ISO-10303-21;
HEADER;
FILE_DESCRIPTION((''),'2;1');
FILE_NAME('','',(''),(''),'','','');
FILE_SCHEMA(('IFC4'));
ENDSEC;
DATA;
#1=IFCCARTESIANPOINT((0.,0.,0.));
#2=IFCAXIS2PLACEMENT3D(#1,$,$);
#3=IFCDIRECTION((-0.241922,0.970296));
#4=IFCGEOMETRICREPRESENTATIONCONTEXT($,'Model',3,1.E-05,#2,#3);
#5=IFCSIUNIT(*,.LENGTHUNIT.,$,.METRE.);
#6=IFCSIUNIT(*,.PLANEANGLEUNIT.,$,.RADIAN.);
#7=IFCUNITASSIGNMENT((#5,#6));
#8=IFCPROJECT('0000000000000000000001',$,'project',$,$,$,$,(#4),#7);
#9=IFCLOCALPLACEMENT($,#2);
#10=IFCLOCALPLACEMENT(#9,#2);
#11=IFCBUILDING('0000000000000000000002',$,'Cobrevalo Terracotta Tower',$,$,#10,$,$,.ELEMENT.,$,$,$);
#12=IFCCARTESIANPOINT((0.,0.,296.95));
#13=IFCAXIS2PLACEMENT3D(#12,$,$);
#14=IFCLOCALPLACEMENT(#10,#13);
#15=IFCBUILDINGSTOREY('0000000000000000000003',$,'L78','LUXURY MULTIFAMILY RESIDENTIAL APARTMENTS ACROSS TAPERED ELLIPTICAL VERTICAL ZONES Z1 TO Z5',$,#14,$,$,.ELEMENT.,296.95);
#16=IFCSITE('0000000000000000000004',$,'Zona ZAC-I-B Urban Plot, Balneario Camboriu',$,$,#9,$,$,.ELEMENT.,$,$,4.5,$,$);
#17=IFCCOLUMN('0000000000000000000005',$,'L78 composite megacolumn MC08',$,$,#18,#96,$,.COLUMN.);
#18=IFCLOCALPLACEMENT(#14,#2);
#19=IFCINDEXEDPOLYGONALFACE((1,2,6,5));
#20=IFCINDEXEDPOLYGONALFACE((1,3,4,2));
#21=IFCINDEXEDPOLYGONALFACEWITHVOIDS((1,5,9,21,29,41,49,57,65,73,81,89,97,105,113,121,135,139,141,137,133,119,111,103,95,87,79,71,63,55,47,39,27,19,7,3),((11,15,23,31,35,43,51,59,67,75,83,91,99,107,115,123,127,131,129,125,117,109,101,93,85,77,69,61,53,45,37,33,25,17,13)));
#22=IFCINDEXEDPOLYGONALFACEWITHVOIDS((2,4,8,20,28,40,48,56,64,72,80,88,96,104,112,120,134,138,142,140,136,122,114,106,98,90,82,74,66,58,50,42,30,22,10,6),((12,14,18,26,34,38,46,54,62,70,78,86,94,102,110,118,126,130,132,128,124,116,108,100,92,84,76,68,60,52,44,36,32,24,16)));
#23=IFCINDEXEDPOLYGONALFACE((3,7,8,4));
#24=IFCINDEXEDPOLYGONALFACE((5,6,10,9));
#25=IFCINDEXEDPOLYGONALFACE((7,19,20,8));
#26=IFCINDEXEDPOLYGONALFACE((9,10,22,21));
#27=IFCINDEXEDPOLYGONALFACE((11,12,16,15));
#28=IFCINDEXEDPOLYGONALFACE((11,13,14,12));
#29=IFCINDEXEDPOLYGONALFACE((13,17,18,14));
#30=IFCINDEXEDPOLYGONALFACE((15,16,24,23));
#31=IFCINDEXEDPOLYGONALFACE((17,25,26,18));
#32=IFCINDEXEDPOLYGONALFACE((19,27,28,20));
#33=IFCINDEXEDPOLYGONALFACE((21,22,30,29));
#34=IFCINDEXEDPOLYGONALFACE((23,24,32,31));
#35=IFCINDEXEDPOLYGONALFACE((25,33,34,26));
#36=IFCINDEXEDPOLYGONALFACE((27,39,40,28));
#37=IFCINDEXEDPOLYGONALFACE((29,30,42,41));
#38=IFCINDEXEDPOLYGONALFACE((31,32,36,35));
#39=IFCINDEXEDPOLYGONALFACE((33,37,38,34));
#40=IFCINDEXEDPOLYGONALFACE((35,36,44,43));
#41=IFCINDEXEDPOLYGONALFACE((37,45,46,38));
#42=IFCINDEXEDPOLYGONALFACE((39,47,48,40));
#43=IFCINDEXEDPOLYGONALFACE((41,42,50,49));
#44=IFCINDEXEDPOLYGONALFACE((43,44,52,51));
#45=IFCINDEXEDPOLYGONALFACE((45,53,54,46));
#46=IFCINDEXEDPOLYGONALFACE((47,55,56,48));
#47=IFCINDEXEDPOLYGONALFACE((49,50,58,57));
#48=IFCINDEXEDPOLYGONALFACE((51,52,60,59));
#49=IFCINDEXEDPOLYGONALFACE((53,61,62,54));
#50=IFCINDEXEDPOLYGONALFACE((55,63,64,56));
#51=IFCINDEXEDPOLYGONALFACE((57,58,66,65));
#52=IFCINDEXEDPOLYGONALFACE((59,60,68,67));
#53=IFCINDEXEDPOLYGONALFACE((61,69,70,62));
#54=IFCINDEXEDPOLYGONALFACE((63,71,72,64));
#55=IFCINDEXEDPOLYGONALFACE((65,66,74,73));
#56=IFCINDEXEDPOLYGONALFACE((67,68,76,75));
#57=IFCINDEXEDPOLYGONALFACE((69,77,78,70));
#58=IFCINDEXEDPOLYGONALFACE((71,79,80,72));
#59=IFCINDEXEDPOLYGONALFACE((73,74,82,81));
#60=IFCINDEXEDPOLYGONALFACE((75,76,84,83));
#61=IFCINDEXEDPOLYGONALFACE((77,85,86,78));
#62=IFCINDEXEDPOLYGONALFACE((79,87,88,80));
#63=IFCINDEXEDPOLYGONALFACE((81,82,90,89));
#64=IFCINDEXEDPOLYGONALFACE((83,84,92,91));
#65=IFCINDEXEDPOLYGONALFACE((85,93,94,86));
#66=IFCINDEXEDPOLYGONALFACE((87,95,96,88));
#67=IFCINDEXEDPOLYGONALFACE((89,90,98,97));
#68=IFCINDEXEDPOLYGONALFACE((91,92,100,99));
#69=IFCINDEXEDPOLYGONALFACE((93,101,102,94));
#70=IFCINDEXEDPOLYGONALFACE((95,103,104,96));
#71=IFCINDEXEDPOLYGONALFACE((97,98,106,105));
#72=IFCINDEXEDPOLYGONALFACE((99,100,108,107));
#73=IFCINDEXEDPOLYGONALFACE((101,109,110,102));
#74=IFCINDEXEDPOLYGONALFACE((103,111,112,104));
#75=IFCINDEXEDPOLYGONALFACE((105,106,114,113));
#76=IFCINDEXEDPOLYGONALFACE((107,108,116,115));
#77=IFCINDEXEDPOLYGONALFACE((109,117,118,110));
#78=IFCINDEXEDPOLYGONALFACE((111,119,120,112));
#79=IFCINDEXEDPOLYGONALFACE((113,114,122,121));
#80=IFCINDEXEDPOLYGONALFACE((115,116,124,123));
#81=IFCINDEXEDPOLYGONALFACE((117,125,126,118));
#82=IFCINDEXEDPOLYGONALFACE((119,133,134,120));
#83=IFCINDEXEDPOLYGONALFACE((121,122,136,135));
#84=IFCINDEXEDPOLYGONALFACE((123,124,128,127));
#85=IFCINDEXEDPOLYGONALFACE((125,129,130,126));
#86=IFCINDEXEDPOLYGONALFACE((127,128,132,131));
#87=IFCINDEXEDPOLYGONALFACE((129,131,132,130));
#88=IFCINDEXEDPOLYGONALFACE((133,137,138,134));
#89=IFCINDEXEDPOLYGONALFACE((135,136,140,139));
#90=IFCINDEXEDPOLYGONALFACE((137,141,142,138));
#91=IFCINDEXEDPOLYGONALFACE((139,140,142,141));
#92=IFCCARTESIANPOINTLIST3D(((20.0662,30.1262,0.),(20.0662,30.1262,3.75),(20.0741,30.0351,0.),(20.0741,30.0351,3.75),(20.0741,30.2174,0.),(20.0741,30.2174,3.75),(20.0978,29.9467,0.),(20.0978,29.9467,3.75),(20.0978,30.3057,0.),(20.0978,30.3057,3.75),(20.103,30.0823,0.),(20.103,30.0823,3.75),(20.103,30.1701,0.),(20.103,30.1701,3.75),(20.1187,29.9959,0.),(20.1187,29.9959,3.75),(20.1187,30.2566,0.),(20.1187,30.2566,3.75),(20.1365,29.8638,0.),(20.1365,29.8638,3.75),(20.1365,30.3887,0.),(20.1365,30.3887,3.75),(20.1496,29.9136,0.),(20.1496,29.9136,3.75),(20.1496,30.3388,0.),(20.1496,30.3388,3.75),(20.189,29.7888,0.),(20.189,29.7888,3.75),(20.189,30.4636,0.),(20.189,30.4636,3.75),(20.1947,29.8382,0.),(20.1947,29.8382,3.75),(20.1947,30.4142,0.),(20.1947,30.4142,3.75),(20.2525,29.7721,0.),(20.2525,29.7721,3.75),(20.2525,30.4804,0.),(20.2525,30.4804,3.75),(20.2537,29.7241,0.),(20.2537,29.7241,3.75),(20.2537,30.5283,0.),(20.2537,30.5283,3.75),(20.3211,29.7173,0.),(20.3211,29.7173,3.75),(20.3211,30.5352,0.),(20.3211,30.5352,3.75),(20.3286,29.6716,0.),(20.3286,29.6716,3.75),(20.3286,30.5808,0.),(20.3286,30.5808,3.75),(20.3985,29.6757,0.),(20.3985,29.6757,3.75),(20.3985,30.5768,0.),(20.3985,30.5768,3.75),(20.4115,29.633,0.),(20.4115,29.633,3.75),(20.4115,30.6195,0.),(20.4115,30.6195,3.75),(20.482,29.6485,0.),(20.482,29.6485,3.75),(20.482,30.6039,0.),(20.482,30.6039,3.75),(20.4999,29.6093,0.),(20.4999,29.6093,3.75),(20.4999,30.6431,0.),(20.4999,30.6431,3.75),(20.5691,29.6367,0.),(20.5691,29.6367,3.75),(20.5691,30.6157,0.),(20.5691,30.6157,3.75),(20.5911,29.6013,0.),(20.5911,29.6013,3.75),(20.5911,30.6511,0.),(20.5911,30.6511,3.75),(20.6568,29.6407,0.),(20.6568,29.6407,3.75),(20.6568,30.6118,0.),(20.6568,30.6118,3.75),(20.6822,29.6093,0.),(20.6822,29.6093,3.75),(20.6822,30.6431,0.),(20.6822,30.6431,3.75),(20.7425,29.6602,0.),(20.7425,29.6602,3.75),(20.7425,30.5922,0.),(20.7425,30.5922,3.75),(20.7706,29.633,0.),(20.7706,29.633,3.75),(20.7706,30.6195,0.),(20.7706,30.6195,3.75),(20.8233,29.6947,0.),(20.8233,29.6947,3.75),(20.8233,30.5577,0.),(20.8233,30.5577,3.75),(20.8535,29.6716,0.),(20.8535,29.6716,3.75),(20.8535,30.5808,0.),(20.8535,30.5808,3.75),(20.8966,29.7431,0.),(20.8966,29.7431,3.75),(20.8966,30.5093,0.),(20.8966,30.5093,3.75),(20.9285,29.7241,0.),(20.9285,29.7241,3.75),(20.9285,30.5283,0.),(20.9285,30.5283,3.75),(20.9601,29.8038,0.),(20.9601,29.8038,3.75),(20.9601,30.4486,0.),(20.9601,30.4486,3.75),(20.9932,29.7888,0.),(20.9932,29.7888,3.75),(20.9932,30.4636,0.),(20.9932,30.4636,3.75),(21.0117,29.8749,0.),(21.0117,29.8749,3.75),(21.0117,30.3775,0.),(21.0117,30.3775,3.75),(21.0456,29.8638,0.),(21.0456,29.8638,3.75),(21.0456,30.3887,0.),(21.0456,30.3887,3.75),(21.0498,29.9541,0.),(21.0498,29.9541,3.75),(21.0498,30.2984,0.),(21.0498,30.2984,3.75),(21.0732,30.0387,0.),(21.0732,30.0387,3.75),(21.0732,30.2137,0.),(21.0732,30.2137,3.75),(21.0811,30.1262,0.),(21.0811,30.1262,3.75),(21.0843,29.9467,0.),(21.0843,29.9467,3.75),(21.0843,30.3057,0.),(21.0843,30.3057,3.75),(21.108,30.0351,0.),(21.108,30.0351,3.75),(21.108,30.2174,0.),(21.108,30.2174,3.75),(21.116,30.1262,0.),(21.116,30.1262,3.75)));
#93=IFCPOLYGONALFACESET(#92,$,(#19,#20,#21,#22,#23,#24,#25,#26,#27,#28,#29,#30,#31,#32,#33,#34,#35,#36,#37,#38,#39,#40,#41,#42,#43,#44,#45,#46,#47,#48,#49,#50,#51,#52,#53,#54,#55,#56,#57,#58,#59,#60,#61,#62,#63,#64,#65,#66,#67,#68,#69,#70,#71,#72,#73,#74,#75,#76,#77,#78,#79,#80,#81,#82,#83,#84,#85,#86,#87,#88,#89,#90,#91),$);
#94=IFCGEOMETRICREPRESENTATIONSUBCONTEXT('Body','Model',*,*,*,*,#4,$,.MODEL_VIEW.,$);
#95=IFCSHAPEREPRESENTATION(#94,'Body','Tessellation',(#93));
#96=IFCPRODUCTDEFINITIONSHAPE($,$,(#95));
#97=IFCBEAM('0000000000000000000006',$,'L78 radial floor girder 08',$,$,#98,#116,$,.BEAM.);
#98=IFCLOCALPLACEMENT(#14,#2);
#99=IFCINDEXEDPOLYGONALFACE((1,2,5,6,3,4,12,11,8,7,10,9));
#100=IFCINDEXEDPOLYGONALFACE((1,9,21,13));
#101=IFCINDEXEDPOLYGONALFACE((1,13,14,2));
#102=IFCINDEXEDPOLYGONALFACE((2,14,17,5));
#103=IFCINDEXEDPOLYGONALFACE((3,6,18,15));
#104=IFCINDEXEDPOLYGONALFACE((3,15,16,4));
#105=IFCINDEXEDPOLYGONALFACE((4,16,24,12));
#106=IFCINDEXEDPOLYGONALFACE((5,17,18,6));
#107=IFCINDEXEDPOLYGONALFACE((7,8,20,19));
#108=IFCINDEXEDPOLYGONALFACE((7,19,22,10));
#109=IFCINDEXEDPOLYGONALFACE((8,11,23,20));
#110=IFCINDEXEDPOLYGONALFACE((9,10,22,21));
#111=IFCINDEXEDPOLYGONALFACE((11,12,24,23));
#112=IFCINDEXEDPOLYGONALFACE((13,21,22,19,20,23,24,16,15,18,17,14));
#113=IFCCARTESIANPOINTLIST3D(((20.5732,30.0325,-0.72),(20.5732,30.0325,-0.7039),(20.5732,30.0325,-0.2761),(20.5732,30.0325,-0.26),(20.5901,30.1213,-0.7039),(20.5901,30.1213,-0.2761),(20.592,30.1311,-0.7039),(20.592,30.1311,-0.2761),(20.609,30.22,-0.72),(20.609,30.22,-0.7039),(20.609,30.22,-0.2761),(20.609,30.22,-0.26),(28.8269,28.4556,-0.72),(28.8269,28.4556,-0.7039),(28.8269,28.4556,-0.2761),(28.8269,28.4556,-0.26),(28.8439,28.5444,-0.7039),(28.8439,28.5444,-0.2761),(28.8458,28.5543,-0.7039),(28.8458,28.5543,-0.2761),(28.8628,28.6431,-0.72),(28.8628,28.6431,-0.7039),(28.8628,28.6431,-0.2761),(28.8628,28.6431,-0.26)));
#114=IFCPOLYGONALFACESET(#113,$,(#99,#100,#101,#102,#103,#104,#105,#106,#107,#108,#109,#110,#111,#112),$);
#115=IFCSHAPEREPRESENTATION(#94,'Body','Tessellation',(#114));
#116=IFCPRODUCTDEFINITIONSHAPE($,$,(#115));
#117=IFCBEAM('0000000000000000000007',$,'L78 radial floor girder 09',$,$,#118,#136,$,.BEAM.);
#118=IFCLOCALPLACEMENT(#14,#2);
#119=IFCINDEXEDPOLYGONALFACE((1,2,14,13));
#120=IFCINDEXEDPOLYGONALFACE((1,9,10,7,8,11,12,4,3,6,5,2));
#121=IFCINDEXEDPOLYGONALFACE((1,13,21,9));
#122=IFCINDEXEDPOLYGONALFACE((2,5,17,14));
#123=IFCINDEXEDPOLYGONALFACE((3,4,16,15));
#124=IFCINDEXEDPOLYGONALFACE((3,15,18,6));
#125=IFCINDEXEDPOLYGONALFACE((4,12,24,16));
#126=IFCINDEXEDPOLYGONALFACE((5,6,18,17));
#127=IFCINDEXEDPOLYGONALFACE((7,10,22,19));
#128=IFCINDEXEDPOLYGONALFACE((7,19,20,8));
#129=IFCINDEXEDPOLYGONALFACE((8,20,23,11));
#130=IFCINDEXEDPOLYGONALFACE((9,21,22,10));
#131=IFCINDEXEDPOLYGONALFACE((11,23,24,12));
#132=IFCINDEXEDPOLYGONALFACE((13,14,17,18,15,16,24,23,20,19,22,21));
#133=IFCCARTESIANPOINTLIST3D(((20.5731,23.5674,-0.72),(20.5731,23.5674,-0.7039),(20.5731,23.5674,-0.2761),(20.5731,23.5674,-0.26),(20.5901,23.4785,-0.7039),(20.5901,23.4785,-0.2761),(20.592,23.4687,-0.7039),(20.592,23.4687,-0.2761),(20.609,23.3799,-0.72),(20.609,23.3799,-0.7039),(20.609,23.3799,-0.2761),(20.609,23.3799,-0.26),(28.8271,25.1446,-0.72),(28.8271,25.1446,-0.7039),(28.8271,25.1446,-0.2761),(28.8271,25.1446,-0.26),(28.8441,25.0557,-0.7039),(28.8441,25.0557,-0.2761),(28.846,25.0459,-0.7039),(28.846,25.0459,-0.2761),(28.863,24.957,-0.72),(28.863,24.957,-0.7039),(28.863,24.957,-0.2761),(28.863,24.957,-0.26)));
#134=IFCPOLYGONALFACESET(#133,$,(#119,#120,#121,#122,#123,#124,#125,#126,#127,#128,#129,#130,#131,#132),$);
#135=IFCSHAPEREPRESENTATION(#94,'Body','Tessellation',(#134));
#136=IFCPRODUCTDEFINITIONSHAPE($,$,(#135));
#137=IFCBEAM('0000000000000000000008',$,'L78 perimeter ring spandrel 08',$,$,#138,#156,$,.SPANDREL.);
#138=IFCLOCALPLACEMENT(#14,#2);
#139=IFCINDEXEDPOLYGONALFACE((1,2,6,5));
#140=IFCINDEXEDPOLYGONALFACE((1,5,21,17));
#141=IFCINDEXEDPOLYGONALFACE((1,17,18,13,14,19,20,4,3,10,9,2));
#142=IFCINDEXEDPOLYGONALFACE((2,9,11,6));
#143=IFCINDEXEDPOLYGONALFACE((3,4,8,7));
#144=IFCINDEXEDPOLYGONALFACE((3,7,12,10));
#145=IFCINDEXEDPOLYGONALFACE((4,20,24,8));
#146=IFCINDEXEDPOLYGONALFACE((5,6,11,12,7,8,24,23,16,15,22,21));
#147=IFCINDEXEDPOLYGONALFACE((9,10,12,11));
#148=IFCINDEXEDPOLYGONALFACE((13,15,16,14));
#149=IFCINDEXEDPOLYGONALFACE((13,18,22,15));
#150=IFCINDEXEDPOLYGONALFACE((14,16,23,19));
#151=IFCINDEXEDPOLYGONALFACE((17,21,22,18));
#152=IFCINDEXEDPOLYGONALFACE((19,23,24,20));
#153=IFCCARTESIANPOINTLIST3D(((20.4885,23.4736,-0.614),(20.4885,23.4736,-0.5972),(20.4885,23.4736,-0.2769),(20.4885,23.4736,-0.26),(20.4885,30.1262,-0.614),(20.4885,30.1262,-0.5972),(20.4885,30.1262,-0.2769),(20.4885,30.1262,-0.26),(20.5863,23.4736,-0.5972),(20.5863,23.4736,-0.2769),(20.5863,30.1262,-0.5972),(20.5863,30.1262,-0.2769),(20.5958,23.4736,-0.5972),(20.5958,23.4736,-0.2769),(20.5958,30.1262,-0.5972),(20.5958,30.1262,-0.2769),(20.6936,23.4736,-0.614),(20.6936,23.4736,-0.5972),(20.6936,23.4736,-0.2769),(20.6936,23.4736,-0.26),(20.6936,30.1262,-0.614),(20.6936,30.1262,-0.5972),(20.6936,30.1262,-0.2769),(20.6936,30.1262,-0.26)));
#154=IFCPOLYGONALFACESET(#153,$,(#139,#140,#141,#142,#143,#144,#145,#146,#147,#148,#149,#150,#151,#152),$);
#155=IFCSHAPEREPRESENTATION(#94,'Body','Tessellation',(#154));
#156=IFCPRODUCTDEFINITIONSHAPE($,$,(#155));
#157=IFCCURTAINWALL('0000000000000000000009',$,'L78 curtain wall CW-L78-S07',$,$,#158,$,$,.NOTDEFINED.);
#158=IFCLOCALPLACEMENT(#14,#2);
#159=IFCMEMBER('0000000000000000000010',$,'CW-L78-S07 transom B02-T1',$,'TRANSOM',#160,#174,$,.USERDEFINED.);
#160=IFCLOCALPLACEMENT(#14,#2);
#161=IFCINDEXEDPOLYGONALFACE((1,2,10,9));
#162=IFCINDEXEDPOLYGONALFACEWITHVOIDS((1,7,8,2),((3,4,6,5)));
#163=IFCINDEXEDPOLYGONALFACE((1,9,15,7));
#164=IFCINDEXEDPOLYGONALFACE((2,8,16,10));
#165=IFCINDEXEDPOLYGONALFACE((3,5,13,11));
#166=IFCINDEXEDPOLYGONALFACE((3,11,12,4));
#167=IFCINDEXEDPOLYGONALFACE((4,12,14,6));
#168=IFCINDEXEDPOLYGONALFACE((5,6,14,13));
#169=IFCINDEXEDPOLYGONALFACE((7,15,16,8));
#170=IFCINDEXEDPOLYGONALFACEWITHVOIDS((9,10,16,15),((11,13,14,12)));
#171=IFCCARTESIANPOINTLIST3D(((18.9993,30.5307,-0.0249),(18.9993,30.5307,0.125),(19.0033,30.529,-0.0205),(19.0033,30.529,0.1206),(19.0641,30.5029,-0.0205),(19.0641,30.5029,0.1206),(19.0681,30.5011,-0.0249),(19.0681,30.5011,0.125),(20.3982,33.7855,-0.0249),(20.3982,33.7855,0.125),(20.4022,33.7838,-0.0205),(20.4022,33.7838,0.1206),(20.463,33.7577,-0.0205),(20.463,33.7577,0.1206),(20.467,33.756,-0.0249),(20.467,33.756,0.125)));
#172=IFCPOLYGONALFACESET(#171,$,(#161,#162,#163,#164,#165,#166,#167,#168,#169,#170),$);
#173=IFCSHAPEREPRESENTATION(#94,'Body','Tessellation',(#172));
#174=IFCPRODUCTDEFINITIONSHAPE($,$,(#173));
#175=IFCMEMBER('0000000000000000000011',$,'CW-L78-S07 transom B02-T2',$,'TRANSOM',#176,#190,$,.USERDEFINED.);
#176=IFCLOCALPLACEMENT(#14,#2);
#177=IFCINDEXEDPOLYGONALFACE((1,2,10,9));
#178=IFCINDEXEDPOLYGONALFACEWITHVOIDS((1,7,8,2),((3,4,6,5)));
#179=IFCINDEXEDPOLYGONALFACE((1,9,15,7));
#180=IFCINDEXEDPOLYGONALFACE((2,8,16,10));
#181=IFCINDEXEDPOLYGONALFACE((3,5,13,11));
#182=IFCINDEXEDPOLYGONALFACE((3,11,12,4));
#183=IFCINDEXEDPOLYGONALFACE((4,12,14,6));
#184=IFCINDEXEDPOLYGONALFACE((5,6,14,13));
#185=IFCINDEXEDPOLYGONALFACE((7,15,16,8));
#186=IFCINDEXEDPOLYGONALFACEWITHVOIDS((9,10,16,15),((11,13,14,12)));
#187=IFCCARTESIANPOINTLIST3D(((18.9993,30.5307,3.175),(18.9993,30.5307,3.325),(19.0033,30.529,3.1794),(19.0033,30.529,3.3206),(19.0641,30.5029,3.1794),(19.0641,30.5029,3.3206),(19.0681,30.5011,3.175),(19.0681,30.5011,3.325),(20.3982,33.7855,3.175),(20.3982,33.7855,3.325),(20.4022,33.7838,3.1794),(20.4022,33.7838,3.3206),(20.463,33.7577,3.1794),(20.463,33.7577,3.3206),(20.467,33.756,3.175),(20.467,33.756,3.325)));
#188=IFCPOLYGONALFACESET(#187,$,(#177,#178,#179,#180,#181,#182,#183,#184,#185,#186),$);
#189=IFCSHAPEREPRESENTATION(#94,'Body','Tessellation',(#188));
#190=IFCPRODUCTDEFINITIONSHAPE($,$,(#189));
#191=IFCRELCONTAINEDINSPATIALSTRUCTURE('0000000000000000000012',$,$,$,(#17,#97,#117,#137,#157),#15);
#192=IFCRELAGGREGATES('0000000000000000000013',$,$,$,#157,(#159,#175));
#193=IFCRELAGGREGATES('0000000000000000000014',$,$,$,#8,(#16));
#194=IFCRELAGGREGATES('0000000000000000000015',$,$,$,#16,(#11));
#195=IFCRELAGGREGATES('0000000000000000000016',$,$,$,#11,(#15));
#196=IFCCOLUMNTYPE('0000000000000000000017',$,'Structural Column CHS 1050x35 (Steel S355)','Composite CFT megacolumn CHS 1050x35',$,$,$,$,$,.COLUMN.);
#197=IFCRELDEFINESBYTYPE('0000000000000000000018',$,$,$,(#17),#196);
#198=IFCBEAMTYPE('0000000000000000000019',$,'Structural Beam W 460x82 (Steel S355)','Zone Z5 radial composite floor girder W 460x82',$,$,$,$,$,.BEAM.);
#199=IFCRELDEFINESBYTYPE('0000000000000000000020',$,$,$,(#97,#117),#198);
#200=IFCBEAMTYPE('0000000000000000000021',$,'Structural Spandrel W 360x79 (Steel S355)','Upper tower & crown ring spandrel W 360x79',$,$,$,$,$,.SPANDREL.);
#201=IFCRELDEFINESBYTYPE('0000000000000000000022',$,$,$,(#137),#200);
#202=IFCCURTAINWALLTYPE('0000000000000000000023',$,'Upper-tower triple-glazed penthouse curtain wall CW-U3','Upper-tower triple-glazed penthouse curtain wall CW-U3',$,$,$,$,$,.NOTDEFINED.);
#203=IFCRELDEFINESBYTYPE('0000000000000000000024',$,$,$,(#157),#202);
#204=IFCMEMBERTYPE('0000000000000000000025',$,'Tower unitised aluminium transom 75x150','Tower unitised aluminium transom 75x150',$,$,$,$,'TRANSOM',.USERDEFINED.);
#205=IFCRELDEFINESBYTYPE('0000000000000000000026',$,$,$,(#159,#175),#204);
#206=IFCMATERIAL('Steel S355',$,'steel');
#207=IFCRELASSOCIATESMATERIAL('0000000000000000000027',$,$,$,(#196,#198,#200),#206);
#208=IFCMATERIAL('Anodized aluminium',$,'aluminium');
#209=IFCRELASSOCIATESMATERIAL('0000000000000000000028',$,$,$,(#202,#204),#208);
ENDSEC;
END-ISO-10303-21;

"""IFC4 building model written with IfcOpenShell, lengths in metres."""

from ifc_helpers import new_model, si_unit, direction, frame, origin, origin_2d, place, context, subcontext, project, spatial, hollow_rectangle, hollow_circle, i_section, extrude, source, transform, mapped, material, material_profile, profile_set, type_object, element, aggregate, save


model = new_model("IFC4")

# Units and contexts
model_context = context("Model", 3, precision=1e-05, world=origin(), true_north=direction((-0.241922, 0.970296)))
body_context = subcontext(model_context, "Body", "Model", "MODEL_VIEW")
ifc_project = project(units=[si_unit("LENGTHUNIT", "METRE"), si_unit("PLANEANGLEUNIT", "RADIAN")], contexts=[model_context])

# Site, building, storey
site_placement = place(None, origin())
site = spatial("IfcSite", under=ifc_project, at=site_placement, Name="Zona ZAC-I-B Urban Plot, Balneario Camboriu", CompositionType="ELEMENT", RefElevation=4.5)
building_placement = place(site_placement, origin())
building = spatial("IfcBuilding", under=site, at=building_placement, Name="Cobrevalo Terracotta Tower", CompositionType="ELEMENT")
storey_placement = place(building_placement, frame((0.0, 0.0, 296.95)))
storey = spatial("IfcBuildingStorey", under=building, at=storey_placement, Name="L78", Description="LUXURY MULTIFAMILY RESIDENTIAL APARTMENTS ACROSS TAPERED ELLIPTICAL VERTICAL ZONES Z1 TO Z5", CompositionType="ELEMENT", Elevation=296.95)

# Column
ifc_material_1 = material(Name="Steel S355", Category="steel")
ifc_material_profile_1 = material_profile(ifc_material_1, hollow_circle(Radius=0.5249, WallThickness=0.0349, at=origin_2d()), Name="CHS 1050x35")
ifc_profile_set_1 = profile_set([ifc_material_profile_1], Name="Steel S355")
column_type = type_object("IfcColumnType", Name="Structural Column CHS 1050x35 (Steel S355)", Description="Composite CFT megacolumn CHS 1050x35", PredefinedType="COLUMN", material=ifc_profile_set_1)
column_placement = place(storey_placement, frame((20.5911, 30.1262, 0.0), z_axis=(0.0, 0.0, 1.0), x_axis=(1.0, 0.0, 0.0)))
element("IfcColumn", 1, at=column_placement, inside=storey, type_object=column_type, Name="L78 composite megacolumn MC08", PredefinedType="COLUMN", context=body_context, shape_type="SweptSolid", body=[
    extrude(hollow_circle(Radius=0.5249, WallThickness=0.0349, at=origin_2d()), origin(), (0.0, 0.0, 1.0), 3.75),
])

# Beams
ifc_material_profile_2 = material_profile(ifc_material_1, i_section(OverallWidth=0.1909, OverallDepth=0.46, WebThickness=0.01, FlangeThickness=0.0161, at=origin_2d()), Name="W 460x82")
ifc_profile_set_2 = profile_set([ifc_material_profile_2], Name="Steel S355")
beam_type_1 = type_object("IfcBeamType", Name="Structural Beam W 460x82 (Steel S355)", Description="Zone Z5 radial composite floor girder W 460x82", PredefinedType="BEAM", material=ifc_profile_set_2)
beam_1_placement = place(storey_placement, frame((20.5911, 30.1262, -0.49), z_axis=(0.982235, -0.187655, 0.0), x_axis=(0.187655, 0.982235, 0.0)))
element("IfcBeam", 2, at=beam_1_placement, inside=storey, type_object=beam_type_1, Name="L78 radial floor girder 08", PredefinedType="BEAM", context=body_context, shape_type="SweptSolid", body=[
    extrude(i_section(OverallWidth=0.1909, OverallDepth=0.46, WebThickness=0.01, FlangeThickness=0.0161, at=origin_2d()), origin(), (0.0, 0.0, 1.0), 8.4031),
])
beam_2_placement = place(storey_placement, frame((20.5911, 23.4736, -0.49), z_axis=(0.98223, 0.187683, 0.0), x_axis=(-0.187683, 0.98223, 0.0)))
element("IfcBeam", 3, at=beam_2_placement, inside=storey, type_object=beam_type_1, Name="L78 radial floor girder 09", PredefinedType="BEAM", context=body_context, shape_type="SweptSolid", body=[
    extrude(i_section(OverallWidth=0.1909, OverallDepth=0.46, WebThickness=0.01, FlangeThickness=0.0161, at=origin_2d()), origin(), (0.0, 0.0, 1.0), 8.4033),
])
ifc_material_profile_3 = material_profile(ifc_material_1, i_section(OverallWidth=0.2051, OverallDepth=0.354, WebThickness=0.0095, FlangeThickness=0.0168, at=origin_2d()), Name="W 360x79")
ifc_profile_set_3 = profile_set([ifc_material_profile_3], Name="Steel S355")
beam_type_2 = type_object("IfcBeamType", Name="Structural Spandrel W 360x79 (Steel S355)", Description="Upper tower & crown ring spandrel W 360x79", PredefinedType="SPANDREL", material=ifc_profile_set_3)
beam_3_placement = place(storey_placement, frame((20.5911, 30.1262, -0.437), z_axis=(0.0, -1.0, 0.0), x_axis=(1.0, 0.0, 0.0)))
element("IfcBeam", 4, at=beam_3_placement, inside=storey, type_object=beam_type_2, Name="L78 perimeter ring spandrel 08", PredefinedType="SPANDREL", context=body_context, shape_type="SweptSolid", body=[
    extrude(i_section(OverallWidth=0.2051, OverallDepth=0.354, WebThickness=0.0095, FlangeThickness=0.0168, at=origin_2d()), origin(), (0.0, 0.0, 1.0), 6.6526),
])

# Curtain wall, members
ifc_material_2 = material(Name="Anodized aluminium", Category="aluminium")
curtain_wall_type = type_object("IfcCurtainWallType", Name="Upper-tower triple-glazed penthouse curtain wall CW-U3", Description="Upper-tower triple-glazed penthouse curtain wall CW-U3", PredefinedType="NOTDEFINED", material=ifc_material_2)
curtain_wall_1_placement = place(storey_placement, origin())
curtain_wall_1 = element("IfcCurtainWall", 5, at=curtain_wall_1_placement, inside=storey, type_object=curtain_wall_type, Name="L78 curtain wall CW-L78-S07", PredefinedType="NOTDEFINED")
ifc_material_profile_4 = material_profile(ifc_material_2, hollow_rectangle(XDim=0.075, YDim=0.1499, WallThickness=0.0044, at=origin_2d()), Name="CWT 75x150")
ifc_profile_set_4 = profile_set([ifc_material_profile_4], Name="Anodized aluminium")
member_type_1 = type_object("IfcMemberType", Name="Tower unitised aluminium transom 75x150", Description="Tower unitised aluminium transom 75x150", ElementType="TRANSOM", PredefinedType="USERDEFINED", material=ifc_profile_set_4)
shared_shape_1 = source(origin(), body_context, "Body", "SweptSolid", [
    extrude(hollow_rectangle(XDim=0.075, YDim=0.1499, WallThickness=0.0044, at=origin_2d()), origin(), (0.0, 0.0, 1.0), 3.5427),
])
member_1_placement = place(storey_placement, frame((20.4326, 33.7708, 0.05), z_axis=(-0.394867, -0.918738, 0.0), x_axis=(0.918738, -0.394867, 0.0)))
member_1 = element("IfcMember", 6, at=member_1_placement, type_object=member_type_1, Name="CW-L78-S07 transom B02-T1", ObjectType="TRANSOM", PredefinedType="USERDEFINED", context=body_context, shape_type="MappedRepresentation", body=[
    mapped(shared_shape_1, transform((0.0, 0.0, 0.0), scale=1.0)),
])
member_2_placement = place(storey_placement, frame((20.4326, 33.7708, 3.25), z_axis=(-0.394867, -0.918738, 0.0), x_axis=(0.918738, -0.394867, 0.0)))
member_2 = element("IfcMember", 7, at=member_2_placement, type_object=member_type_1, Name="CW-L78-S07 transom B02-T2", ObjectType="TRANSOM", PredefinedType="USERDEFINED", context=body_context, shape_type="MappedRepresentation", body=[
    mapped(shared_shape_1, transform((0.0, 0.0, 0.0), scale=1.0)),
])

aggregate(curtain_wall_1, [member_1, member_2])

save(model, "model.ifc")
